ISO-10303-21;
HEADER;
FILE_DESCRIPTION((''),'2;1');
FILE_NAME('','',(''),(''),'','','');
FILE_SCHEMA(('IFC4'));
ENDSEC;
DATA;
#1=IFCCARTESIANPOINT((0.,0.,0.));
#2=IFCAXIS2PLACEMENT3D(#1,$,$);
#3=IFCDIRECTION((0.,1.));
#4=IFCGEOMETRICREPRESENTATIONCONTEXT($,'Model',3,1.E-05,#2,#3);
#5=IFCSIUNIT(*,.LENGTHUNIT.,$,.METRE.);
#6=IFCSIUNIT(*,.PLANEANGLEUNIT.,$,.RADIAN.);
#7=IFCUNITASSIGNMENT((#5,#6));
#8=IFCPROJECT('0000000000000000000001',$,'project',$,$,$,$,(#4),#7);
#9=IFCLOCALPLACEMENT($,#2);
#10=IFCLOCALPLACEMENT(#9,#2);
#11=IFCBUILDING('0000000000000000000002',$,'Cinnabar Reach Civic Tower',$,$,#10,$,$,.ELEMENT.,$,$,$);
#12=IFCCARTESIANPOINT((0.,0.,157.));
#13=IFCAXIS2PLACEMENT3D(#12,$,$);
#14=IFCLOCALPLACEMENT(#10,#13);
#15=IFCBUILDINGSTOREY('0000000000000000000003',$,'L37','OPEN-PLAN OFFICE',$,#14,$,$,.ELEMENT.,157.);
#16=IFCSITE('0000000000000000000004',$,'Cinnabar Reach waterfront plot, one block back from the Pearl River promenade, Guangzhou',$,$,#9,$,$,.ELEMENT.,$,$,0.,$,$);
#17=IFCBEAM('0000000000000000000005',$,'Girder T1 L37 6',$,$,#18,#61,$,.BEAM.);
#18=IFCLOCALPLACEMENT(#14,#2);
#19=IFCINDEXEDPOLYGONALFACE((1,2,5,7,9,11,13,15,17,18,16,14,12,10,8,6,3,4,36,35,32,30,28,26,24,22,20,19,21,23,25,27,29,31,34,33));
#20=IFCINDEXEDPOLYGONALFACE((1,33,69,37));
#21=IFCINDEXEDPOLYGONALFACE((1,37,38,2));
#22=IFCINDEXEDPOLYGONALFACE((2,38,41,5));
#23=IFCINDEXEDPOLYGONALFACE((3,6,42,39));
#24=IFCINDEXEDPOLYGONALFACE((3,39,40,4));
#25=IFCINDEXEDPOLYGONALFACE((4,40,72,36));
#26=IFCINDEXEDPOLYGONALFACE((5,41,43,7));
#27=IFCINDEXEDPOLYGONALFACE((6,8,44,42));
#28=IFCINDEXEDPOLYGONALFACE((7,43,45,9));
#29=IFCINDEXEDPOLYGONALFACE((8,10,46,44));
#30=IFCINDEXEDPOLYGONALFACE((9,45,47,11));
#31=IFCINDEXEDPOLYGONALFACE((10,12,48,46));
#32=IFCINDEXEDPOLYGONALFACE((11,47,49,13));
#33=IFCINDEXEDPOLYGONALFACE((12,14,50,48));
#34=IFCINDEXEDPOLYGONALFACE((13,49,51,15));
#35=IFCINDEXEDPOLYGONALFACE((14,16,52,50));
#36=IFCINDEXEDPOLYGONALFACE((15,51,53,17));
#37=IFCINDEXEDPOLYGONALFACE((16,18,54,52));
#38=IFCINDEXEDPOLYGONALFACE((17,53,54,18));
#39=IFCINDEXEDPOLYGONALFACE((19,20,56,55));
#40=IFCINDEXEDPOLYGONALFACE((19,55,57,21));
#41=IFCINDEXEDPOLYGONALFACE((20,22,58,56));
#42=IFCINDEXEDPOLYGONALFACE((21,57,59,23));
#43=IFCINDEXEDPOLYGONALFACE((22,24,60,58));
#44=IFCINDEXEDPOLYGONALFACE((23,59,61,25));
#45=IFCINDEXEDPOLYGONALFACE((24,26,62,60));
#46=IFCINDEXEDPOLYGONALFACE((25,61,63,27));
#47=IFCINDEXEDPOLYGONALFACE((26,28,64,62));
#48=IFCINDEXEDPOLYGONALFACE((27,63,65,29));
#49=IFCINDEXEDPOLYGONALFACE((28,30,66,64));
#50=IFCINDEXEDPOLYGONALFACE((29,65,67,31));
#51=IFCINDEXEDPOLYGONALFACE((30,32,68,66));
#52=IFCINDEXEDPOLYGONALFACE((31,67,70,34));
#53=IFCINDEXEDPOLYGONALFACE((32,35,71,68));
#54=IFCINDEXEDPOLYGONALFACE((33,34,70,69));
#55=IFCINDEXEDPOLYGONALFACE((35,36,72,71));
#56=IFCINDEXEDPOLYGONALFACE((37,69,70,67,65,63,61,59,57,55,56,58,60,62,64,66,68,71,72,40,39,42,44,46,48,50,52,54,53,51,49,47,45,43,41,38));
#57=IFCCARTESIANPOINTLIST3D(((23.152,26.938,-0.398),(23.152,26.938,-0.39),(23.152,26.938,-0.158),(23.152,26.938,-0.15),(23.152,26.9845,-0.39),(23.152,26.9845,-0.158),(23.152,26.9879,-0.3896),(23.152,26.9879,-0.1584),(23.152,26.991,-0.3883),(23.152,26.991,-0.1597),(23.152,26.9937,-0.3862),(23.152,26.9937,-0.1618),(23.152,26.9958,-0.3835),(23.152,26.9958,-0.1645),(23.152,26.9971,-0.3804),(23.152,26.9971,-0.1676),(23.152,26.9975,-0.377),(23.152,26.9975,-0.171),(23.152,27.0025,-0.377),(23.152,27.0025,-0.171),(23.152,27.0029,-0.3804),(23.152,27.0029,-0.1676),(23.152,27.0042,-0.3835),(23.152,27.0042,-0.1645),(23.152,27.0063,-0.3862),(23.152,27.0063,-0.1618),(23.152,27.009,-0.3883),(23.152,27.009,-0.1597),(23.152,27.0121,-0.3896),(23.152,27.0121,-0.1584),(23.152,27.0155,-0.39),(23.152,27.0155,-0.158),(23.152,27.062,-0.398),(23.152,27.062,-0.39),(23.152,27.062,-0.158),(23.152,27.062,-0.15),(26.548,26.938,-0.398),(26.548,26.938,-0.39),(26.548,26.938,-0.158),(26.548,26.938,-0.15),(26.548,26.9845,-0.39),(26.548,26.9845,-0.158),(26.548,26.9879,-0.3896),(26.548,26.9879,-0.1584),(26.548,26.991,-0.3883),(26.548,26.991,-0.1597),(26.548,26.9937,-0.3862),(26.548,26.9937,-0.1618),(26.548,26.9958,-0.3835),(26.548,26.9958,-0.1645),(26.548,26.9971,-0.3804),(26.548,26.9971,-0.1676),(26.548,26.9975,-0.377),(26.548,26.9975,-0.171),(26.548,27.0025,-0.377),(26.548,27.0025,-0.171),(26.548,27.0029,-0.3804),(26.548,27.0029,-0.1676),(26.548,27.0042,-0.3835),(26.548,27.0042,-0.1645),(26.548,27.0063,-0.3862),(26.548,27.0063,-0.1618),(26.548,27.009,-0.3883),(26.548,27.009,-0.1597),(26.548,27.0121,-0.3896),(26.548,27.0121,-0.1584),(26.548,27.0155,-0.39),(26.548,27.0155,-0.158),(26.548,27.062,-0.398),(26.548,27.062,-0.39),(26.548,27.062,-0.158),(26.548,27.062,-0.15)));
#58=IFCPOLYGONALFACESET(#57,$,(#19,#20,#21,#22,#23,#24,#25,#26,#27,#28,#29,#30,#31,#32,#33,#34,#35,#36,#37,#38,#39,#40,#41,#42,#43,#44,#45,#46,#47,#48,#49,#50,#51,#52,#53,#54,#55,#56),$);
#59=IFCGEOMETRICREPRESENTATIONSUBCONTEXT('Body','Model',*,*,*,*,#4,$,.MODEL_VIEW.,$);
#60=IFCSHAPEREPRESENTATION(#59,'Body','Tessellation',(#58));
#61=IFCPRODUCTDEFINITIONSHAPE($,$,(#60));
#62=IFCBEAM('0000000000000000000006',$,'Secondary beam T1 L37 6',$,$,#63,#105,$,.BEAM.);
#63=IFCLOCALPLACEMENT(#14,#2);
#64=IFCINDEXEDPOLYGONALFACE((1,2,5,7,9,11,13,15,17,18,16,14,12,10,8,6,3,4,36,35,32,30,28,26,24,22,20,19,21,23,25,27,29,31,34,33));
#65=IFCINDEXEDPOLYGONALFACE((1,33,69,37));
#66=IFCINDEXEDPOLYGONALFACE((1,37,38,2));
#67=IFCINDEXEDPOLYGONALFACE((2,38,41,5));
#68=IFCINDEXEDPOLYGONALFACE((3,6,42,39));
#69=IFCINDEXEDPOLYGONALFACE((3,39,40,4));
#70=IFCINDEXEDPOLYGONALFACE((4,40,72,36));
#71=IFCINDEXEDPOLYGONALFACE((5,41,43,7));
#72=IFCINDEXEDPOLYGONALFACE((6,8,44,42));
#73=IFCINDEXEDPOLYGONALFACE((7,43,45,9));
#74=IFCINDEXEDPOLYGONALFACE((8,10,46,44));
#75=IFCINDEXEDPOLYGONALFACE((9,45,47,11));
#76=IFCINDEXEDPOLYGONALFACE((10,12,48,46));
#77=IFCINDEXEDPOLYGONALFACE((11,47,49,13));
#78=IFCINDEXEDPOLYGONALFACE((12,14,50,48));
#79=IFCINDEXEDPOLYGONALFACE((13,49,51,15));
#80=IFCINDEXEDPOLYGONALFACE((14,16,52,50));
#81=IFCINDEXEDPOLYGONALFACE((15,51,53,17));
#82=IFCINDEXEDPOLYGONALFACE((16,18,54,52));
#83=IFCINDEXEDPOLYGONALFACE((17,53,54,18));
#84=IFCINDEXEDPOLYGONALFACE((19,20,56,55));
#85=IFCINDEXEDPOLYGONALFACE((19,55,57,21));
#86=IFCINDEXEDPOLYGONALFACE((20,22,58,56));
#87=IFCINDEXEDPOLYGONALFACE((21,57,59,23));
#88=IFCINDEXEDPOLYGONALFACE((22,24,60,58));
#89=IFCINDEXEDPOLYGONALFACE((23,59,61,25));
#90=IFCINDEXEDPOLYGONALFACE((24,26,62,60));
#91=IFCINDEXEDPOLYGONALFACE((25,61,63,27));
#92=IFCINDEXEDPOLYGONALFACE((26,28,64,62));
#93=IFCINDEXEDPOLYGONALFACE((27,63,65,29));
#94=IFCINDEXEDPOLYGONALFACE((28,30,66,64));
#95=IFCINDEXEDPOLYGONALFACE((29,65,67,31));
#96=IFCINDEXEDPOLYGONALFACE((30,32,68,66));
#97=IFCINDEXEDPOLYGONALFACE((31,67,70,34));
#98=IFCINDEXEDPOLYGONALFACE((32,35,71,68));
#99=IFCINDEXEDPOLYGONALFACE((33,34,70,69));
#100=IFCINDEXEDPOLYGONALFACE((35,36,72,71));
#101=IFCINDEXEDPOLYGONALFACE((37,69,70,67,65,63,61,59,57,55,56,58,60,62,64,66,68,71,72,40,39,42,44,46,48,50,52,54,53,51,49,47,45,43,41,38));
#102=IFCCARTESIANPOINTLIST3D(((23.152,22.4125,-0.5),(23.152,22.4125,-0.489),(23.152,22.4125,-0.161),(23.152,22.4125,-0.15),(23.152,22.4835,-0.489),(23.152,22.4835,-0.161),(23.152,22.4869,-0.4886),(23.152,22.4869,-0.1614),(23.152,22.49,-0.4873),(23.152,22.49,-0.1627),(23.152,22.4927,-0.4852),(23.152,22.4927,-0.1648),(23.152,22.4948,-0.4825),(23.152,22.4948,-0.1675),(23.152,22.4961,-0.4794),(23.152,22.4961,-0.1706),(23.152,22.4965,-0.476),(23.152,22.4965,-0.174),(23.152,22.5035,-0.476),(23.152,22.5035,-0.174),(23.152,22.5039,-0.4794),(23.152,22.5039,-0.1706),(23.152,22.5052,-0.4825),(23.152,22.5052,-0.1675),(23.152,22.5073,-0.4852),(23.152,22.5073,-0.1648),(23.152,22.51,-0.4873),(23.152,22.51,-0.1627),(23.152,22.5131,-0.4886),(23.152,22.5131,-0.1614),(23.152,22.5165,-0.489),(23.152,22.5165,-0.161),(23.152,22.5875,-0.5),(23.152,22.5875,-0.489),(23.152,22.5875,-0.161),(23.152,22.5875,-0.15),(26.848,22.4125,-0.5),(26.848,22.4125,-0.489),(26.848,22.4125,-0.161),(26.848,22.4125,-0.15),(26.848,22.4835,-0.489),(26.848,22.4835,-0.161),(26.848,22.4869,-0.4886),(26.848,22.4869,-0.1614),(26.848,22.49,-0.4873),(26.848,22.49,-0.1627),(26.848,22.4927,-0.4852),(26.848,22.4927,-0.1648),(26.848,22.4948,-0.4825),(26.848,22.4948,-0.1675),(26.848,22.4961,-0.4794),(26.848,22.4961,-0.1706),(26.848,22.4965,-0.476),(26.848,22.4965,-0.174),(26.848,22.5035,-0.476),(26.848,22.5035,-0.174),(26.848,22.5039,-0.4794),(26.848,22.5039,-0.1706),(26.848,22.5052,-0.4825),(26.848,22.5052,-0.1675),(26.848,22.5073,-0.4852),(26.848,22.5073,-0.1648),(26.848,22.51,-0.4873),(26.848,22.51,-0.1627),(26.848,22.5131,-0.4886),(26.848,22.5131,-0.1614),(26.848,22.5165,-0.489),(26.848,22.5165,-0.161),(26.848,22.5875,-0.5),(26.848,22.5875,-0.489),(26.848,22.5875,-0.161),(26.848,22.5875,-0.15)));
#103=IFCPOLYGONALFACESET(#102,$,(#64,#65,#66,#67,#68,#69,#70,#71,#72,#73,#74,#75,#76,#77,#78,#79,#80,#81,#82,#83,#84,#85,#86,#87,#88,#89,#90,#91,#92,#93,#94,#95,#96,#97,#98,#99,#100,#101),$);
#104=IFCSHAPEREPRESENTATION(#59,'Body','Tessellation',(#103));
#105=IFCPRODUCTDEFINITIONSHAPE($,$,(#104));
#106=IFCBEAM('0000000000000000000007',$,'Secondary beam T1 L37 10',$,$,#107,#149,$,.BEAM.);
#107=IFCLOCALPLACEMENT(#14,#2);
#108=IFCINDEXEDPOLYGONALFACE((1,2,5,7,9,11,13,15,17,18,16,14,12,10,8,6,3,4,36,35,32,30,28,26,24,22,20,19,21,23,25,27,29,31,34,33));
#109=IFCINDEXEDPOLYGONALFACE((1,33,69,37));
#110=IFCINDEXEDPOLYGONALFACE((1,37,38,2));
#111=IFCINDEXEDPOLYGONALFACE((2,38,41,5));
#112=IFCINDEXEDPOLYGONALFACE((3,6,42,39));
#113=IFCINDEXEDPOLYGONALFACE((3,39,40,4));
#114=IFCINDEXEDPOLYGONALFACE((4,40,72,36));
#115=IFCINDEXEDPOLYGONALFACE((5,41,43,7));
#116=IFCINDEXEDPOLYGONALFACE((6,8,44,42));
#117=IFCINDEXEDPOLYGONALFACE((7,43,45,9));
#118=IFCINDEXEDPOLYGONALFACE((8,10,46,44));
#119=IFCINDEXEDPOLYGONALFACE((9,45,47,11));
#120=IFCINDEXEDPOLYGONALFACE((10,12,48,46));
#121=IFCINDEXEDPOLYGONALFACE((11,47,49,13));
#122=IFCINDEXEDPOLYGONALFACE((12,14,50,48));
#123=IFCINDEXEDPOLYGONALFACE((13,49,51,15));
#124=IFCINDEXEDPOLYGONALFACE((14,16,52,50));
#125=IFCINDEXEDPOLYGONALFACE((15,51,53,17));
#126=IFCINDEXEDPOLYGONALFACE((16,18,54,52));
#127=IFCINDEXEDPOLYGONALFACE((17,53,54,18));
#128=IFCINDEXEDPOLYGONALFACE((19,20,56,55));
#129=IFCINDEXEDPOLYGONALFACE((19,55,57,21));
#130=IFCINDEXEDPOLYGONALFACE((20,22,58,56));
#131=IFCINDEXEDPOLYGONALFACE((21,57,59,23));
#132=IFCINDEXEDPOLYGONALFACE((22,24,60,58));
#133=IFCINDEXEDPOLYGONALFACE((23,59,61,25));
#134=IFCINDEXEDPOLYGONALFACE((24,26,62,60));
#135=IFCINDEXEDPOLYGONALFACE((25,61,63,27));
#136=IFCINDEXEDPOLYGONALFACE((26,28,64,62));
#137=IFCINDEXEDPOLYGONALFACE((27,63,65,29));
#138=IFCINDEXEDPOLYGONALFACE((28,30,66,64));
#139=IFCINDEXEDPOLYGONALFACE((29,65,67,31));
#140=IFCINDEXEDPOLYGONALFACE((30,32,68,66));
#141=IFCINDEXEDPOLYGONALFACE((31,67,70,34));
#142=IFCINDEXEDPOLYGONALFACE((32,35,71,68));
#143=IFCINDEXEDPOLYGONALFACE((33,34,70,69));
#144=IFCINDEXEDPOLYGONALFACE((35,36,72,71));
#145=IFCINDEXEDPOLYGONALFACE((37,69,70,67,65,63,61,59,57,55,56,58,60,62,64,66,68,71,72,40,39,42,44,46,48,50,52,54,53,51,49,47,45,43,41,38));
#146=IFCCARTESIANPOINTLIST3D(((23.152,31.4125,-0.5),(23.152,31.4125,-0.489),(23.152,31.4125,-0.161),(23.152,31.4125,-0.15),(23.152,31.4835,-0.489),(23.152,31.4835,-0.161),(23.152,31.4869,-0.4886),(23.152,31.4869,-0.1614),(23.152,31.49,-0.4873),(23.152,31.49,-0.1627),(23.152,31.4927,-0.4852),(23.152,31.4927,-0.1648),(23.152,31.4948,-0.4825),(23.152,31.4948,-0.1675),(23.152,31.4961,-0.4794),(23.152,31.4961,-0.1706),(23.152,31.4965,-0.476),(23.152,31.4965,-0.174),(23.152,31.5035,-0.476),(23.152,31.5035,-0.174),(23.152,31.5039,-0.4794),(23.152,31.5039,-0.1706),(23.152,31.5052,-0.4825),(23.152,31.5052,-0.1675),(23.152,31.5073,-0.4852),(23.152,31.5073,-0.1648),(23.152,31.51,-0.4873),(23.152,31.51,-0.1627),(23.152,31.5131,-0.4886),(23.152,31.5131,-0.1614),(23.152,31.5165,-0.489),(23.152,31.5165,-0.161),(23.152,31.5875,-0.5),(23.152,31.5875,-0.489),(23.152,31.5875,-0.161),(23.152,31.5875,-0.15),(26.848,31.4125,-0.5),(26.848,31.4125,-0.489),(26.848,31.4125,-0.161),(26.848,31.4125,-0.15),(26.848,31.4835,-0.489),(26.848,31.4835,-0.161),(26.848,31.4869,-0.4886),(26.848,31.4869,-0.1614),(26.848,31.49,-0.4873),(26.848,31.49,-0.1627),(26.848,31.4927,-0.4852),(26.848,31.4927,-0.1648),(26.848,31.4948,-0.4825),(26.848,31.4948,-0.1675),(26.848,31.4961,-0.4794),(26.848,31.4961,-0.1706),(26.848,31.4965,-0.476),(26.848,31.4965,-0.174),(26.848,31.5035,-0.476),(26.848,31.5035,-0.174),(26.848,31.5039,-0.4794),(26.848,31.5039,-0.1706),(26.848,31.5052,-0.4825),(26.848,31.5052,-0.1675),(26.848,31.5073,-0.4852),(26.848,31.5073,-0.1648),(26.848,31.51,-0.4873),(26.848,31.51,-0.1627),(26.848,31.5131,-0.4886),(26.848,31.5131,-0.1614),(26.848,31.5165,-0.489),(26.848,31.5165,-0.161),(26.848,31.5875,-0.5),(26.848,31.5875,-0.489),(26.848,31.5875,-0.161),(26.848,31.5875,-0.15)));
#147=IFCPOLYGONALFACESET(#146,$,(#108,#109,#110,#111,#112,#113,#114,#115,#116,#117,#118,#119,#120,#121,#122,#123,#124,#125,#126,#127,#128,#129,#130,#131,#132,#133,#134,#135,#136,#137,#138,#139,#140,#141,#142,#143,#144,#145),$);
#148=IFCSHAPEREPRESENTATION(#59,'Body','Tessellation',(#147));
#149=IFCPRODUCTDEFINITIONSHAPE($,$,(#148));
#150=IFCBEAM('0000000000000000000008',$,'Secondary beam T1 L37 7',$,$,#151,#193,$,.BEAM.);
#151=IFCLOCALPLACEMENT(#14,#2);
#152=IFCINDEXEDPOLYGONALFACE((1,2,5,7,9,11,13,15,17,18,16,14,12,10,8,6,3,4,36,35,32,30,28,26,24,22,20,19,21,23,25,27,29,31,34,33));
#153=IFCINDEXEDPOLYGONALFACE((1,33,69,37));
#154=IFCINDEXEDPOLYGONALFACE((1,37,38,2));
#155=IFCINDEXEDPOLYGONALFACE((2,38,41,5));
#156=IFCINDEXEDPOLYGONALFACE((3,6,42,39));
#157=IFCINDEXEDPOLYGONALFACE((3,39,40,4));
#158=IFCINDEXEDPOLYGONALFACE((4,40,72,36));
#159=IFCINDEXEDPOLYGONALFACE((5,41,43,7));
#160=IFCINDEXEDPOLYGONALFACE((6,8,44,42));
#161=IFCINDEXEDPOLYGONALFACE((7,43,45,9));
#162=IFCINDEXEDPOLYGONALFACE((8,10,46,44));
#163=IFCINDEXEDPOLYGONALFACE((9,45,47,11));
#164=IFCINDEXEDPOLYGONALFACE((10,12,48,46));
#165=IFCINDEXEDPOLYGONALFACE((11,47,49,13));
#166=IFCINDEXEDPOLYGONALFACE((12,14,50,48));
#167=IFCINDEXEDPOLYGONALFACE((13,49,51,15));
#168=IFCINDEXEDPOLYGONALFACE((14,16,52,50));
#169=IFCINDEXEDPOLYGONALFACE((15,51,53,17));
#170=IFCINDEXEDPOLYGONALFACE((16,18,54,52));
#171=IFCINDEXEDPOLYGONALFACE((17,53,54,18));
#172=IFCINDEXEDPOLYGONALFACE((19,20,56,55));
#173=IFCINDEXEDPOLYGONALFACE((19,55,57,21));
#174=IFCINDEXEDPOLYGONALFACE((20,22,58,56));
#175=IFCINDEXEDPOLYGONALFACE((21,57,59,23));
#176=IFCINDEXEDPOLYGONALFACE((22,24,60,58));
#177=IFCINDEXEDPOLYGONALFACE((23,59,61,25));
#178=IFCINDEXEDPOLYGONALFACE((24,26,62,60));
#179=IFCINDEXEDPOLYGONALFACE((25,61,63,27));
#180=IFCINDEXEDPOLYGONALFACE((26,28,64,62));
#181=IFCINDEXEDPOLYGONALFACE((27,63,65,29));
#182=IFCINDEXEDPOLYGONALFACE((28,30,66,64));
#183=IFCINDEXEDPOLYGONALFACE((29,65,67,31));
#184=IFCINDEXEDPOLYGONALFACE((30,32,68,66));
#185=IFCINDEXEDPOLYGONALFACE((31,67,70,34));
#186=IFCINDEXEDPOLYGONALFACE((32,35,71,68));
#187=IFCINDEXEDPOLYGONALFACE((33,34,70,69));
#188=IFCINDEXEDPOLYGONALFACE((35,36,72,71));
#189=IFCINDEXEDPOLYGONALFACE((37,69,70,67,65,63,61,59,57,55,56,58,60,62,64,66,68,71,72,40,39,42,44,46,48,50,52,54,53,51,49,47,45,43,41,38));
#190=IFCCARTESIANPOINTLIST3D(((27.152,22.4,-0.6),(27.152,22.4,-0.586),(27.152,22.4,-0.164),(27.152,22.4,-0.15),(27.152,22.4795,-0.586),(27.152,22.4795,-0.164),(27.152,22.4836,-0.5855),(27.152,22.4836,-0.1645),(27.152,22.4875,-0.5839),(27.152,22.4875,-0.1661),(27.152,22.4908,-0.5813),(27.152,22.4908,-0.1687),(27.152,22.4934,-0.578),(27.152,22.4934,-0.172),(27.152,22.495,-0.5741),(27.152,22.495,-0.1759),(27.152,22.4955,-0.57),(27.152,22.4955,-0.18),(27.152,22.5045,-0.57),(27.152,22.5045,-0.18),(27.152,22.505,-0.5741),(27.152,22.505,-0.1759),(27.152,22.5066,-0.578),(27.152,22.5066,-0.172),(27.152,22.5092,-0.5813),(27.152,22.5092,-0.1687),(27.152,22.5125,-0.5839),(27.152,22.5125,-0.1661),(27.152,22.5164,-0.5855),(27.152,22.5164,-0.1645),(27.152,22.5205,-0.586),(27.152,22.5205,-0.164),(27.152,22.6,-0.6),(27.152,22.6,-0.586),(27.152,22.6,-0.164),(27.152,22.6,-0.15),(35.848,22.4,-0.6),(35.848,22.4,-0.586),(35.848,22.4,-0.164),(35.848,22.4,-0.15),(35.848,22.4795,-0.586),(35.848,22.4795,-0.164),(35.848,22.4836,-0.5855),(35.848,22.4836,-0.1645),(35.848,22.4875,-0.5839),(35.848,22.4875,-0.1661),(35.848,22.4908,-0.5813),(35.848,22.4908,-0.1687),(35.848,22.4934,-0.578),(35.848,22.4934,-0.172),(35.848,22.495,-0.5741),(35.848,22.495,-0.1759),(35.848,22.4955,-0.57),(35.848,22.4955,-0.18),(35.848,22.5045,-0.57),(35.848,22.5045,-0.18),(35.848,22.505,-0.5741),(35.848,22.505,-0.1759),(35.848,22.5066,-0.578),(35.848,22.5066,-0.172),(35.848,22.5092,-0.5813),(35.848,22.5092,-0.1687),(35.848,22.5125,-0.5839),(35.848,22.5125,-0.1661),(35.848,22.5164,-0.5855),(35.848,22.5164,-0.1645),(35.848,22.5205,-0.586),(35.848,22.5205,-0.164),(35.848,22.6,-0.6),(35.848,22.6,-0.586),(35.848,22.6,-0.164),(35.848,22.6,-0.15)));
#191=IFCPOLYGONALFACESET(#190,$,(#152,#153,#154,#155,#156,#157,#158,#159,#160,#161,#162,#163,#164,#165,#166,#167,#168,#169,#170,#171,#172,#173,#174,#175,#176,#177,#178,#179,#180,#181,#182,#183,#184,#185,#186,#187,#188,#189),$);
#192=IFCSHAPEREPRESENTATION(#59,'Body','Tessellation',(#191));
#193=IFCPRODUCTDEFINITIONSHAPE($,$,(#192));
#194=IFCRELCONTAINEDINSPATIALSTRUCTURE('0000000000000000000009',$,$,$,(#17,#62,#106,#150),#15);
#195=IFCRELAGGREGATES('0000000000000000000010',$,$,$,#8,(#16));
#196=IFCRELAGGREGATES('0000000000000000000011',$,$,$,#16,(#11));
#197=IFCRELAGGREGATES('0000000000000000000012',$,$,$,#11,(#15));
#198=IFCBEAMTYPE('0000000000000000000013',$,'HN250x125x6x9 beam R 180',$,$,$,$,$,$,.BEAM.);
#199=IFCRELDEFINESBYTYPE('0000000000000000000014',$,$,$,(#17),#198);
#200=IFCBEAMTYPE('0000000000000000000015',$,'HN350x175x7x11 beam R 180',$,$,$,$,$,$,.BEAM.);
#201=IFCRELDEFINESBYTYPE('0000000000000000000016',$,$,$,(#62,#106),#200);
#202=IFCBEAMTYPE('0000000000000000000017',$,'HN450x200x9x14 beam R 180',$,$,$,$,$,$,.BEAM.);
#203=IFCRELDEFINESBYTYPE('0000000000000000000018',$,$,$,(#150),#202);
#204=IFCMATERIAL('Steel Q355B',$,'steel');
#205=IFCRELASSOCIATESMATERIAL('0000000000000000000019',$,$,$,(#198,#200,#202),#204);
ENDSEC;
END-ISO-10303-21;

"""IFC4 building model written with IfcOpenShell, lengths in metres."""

from ifc_helpers import new_model, si_unit, direction, frame, origin, origin_2d, place, context, subcontext, project, spatial, i_section, extrude, material, material_profile, profile_set, type_object, element, save


model = new_model("IFC4")

# Units and contexts
model_context = context("Model", 3, precision=1e-05, world=origin(), true_north=direction((0.0, 1.0)))
body_context = subcontext(model_context, "Body", "Model", "MODEL_VIEW")
ifc_project = project(units=[si_unit("LENGTHUNIT", "METRE"), si_unit("PLANEANGLEUNIT", "RADIAN")], contexts=[model_context])

# Site, building, storey
site_placement = place(None, origin())
site = spatial("IfcSite", under=ifc_project, at=site_placement, Name="Cinnabar Reach waterfront plot, one block back from the Pearl River promenade, Guangzhou", CompositionType="ELEMENT", RefElevation=0.0)
building_placement = place(site_placement, origin())
building = spatial("IfcBuilding", under=site, at=building_placement, Name="Cinnabar Reach Civic Tower", CompositionType="ELEMENT")
storey_placement = place(building_placement, frame((0.0, 0.0, 157.0)))
storey = spatial("IfcBuildingStorey", under=building, at=storey_placement, Name="L37", Description="OPEN-PLAN OFFICE", CompositionType="ELEMENT", Elevation=157.0)

# Beams
ifc_material_1 = material(Name="Steel Q355B", Category="steel")
ifc_material_profile_1 = material_profile(ifc_material_1, i_section(OverallWidth=0.124, OverallDepth=0.248, WebThickness=0.005, FlangeThickness=0.008, FilletRadius=0.013, at=origin_2d()), Name="HN250x125x6x9")
ifc_profile_set_1 = profile_set([ifc_material_profile_1], Name="Steel Q355B")
beam_type_1 = type_object("IfcBeamType", Name="HN250x125x6x9 beam R 180", PredefinedType="BEAM", material=ifc_profile_set_1)
beam_1_placement = place(storey_placement, frame((23.152, 27.0, -0.274), z_axis=(1.0, 0.0, 0.0), x_axis=(0.0, 1.0, 0.0)))
element("IfcBeam", 1, at=beam_1_placement, inside=storey, type_object=beam_type_1, Name="Girder T1 L37 6", PredefinedType="BEAM", context=body_context, shape_type="SweptSolid", body=[
    extrude(i_section(OverallWidth=0.124, OverallDepth=0.248, WebThickness=0.005, FlangeThickness=0.008, FilletRadius=0.013, at=origin_2d()), origin(), (0.0, 0.0, 1.0), 3.396),
])
ifc_material_profile_2 = material_profile(ifc_material_1, i_section(OverallWidth=0.175, OverallDepth=0.35, WebThickness=0.007, FlangeThickness=0.011, FilletRadius=0.013, at=origin_2d()), Name="HN350x175x7x11")
ifc_profile_set_2 = profile_set([ifc_material_profile_2], Name="Steel Q355B")
beam_type_2 = type_object("IfcBeamType", Name="HN350x175x7x11 beam R 180", PredefinedType="BEAM", material=ifc_profile_set_2)
for number, where, z_axis, x_axis, name in (
    (2, (23.152, 22.5, -0.325), (1.0, 0.0, 0.0), (0.0, 1.0, 0.0), "Secondary beam T1 L37 6"),
    (3, (23.152, 31.5, -0.325), (1.0, 0.0, 0.0), (0.0, 1.0, 0.0), "Secondary beam T1 L37 10"),
):
    element("IfcBeam", number, at=place(storey_placement, frame(where, z_axis=z_axis, x_axis=x_axis)), inside=storey, type_object=beam_type_2, Name=name, PredefinedType="BEAM", context=body_context, shape_type="SweptSolid", body=[
        extrude(i_section(OverallWidth=0.175, OverallDepth=0.35, WebThickness=0.007, FlangeThickness=0.011, FilletRadius=0.013, at=origin_2d()), origin(), (0.0, 0.0, 1.0), 3.696),
    ])
ifc_material_profile_3 = material_profile(ifc_material_1, i_section(OverallWidth=0.2, OverallDepth=0.45, WebThickness=0.009, FlangeThickness=0.014, FilletRadius=0.016, at=origin_2d()), Name="HN450x200x9x14")
ifc_profile_set_3 = profile_set([ifc_material_profile_3], Name="Steel Q355B")
beam_type_3 = type_object("IfcBeamType", Name="HN450x200x9x14 beam R 180", PredefinedType="BEAM", material=ifc_profile_set_3)
beam_2_placement = place(storey_placement, frame((27.152, 22.5, -0.375), z_axis=(1.0, 0.0, 0.0), x_axis=(0.0, 1.0, 0.0)))
element("IfcBeam", 4, at=beam_2_placement, inside=storey, type_object=beam_type_3, Name="Secondary beam T1 L37 7", PredefinedType="BEAM", context=body_context, shape_type="SweptSolid", body=[
    extrude(i_section(OverallWidth=0.2, OverallDepth=0.45, WebThickness=0.009, FlangeThickness=0.014, FilletRadius=0.016, at=origin_2d()), origin(), (0.0, 0.0, 1.0), 8.696),
])

save(model, "model.ifc")
